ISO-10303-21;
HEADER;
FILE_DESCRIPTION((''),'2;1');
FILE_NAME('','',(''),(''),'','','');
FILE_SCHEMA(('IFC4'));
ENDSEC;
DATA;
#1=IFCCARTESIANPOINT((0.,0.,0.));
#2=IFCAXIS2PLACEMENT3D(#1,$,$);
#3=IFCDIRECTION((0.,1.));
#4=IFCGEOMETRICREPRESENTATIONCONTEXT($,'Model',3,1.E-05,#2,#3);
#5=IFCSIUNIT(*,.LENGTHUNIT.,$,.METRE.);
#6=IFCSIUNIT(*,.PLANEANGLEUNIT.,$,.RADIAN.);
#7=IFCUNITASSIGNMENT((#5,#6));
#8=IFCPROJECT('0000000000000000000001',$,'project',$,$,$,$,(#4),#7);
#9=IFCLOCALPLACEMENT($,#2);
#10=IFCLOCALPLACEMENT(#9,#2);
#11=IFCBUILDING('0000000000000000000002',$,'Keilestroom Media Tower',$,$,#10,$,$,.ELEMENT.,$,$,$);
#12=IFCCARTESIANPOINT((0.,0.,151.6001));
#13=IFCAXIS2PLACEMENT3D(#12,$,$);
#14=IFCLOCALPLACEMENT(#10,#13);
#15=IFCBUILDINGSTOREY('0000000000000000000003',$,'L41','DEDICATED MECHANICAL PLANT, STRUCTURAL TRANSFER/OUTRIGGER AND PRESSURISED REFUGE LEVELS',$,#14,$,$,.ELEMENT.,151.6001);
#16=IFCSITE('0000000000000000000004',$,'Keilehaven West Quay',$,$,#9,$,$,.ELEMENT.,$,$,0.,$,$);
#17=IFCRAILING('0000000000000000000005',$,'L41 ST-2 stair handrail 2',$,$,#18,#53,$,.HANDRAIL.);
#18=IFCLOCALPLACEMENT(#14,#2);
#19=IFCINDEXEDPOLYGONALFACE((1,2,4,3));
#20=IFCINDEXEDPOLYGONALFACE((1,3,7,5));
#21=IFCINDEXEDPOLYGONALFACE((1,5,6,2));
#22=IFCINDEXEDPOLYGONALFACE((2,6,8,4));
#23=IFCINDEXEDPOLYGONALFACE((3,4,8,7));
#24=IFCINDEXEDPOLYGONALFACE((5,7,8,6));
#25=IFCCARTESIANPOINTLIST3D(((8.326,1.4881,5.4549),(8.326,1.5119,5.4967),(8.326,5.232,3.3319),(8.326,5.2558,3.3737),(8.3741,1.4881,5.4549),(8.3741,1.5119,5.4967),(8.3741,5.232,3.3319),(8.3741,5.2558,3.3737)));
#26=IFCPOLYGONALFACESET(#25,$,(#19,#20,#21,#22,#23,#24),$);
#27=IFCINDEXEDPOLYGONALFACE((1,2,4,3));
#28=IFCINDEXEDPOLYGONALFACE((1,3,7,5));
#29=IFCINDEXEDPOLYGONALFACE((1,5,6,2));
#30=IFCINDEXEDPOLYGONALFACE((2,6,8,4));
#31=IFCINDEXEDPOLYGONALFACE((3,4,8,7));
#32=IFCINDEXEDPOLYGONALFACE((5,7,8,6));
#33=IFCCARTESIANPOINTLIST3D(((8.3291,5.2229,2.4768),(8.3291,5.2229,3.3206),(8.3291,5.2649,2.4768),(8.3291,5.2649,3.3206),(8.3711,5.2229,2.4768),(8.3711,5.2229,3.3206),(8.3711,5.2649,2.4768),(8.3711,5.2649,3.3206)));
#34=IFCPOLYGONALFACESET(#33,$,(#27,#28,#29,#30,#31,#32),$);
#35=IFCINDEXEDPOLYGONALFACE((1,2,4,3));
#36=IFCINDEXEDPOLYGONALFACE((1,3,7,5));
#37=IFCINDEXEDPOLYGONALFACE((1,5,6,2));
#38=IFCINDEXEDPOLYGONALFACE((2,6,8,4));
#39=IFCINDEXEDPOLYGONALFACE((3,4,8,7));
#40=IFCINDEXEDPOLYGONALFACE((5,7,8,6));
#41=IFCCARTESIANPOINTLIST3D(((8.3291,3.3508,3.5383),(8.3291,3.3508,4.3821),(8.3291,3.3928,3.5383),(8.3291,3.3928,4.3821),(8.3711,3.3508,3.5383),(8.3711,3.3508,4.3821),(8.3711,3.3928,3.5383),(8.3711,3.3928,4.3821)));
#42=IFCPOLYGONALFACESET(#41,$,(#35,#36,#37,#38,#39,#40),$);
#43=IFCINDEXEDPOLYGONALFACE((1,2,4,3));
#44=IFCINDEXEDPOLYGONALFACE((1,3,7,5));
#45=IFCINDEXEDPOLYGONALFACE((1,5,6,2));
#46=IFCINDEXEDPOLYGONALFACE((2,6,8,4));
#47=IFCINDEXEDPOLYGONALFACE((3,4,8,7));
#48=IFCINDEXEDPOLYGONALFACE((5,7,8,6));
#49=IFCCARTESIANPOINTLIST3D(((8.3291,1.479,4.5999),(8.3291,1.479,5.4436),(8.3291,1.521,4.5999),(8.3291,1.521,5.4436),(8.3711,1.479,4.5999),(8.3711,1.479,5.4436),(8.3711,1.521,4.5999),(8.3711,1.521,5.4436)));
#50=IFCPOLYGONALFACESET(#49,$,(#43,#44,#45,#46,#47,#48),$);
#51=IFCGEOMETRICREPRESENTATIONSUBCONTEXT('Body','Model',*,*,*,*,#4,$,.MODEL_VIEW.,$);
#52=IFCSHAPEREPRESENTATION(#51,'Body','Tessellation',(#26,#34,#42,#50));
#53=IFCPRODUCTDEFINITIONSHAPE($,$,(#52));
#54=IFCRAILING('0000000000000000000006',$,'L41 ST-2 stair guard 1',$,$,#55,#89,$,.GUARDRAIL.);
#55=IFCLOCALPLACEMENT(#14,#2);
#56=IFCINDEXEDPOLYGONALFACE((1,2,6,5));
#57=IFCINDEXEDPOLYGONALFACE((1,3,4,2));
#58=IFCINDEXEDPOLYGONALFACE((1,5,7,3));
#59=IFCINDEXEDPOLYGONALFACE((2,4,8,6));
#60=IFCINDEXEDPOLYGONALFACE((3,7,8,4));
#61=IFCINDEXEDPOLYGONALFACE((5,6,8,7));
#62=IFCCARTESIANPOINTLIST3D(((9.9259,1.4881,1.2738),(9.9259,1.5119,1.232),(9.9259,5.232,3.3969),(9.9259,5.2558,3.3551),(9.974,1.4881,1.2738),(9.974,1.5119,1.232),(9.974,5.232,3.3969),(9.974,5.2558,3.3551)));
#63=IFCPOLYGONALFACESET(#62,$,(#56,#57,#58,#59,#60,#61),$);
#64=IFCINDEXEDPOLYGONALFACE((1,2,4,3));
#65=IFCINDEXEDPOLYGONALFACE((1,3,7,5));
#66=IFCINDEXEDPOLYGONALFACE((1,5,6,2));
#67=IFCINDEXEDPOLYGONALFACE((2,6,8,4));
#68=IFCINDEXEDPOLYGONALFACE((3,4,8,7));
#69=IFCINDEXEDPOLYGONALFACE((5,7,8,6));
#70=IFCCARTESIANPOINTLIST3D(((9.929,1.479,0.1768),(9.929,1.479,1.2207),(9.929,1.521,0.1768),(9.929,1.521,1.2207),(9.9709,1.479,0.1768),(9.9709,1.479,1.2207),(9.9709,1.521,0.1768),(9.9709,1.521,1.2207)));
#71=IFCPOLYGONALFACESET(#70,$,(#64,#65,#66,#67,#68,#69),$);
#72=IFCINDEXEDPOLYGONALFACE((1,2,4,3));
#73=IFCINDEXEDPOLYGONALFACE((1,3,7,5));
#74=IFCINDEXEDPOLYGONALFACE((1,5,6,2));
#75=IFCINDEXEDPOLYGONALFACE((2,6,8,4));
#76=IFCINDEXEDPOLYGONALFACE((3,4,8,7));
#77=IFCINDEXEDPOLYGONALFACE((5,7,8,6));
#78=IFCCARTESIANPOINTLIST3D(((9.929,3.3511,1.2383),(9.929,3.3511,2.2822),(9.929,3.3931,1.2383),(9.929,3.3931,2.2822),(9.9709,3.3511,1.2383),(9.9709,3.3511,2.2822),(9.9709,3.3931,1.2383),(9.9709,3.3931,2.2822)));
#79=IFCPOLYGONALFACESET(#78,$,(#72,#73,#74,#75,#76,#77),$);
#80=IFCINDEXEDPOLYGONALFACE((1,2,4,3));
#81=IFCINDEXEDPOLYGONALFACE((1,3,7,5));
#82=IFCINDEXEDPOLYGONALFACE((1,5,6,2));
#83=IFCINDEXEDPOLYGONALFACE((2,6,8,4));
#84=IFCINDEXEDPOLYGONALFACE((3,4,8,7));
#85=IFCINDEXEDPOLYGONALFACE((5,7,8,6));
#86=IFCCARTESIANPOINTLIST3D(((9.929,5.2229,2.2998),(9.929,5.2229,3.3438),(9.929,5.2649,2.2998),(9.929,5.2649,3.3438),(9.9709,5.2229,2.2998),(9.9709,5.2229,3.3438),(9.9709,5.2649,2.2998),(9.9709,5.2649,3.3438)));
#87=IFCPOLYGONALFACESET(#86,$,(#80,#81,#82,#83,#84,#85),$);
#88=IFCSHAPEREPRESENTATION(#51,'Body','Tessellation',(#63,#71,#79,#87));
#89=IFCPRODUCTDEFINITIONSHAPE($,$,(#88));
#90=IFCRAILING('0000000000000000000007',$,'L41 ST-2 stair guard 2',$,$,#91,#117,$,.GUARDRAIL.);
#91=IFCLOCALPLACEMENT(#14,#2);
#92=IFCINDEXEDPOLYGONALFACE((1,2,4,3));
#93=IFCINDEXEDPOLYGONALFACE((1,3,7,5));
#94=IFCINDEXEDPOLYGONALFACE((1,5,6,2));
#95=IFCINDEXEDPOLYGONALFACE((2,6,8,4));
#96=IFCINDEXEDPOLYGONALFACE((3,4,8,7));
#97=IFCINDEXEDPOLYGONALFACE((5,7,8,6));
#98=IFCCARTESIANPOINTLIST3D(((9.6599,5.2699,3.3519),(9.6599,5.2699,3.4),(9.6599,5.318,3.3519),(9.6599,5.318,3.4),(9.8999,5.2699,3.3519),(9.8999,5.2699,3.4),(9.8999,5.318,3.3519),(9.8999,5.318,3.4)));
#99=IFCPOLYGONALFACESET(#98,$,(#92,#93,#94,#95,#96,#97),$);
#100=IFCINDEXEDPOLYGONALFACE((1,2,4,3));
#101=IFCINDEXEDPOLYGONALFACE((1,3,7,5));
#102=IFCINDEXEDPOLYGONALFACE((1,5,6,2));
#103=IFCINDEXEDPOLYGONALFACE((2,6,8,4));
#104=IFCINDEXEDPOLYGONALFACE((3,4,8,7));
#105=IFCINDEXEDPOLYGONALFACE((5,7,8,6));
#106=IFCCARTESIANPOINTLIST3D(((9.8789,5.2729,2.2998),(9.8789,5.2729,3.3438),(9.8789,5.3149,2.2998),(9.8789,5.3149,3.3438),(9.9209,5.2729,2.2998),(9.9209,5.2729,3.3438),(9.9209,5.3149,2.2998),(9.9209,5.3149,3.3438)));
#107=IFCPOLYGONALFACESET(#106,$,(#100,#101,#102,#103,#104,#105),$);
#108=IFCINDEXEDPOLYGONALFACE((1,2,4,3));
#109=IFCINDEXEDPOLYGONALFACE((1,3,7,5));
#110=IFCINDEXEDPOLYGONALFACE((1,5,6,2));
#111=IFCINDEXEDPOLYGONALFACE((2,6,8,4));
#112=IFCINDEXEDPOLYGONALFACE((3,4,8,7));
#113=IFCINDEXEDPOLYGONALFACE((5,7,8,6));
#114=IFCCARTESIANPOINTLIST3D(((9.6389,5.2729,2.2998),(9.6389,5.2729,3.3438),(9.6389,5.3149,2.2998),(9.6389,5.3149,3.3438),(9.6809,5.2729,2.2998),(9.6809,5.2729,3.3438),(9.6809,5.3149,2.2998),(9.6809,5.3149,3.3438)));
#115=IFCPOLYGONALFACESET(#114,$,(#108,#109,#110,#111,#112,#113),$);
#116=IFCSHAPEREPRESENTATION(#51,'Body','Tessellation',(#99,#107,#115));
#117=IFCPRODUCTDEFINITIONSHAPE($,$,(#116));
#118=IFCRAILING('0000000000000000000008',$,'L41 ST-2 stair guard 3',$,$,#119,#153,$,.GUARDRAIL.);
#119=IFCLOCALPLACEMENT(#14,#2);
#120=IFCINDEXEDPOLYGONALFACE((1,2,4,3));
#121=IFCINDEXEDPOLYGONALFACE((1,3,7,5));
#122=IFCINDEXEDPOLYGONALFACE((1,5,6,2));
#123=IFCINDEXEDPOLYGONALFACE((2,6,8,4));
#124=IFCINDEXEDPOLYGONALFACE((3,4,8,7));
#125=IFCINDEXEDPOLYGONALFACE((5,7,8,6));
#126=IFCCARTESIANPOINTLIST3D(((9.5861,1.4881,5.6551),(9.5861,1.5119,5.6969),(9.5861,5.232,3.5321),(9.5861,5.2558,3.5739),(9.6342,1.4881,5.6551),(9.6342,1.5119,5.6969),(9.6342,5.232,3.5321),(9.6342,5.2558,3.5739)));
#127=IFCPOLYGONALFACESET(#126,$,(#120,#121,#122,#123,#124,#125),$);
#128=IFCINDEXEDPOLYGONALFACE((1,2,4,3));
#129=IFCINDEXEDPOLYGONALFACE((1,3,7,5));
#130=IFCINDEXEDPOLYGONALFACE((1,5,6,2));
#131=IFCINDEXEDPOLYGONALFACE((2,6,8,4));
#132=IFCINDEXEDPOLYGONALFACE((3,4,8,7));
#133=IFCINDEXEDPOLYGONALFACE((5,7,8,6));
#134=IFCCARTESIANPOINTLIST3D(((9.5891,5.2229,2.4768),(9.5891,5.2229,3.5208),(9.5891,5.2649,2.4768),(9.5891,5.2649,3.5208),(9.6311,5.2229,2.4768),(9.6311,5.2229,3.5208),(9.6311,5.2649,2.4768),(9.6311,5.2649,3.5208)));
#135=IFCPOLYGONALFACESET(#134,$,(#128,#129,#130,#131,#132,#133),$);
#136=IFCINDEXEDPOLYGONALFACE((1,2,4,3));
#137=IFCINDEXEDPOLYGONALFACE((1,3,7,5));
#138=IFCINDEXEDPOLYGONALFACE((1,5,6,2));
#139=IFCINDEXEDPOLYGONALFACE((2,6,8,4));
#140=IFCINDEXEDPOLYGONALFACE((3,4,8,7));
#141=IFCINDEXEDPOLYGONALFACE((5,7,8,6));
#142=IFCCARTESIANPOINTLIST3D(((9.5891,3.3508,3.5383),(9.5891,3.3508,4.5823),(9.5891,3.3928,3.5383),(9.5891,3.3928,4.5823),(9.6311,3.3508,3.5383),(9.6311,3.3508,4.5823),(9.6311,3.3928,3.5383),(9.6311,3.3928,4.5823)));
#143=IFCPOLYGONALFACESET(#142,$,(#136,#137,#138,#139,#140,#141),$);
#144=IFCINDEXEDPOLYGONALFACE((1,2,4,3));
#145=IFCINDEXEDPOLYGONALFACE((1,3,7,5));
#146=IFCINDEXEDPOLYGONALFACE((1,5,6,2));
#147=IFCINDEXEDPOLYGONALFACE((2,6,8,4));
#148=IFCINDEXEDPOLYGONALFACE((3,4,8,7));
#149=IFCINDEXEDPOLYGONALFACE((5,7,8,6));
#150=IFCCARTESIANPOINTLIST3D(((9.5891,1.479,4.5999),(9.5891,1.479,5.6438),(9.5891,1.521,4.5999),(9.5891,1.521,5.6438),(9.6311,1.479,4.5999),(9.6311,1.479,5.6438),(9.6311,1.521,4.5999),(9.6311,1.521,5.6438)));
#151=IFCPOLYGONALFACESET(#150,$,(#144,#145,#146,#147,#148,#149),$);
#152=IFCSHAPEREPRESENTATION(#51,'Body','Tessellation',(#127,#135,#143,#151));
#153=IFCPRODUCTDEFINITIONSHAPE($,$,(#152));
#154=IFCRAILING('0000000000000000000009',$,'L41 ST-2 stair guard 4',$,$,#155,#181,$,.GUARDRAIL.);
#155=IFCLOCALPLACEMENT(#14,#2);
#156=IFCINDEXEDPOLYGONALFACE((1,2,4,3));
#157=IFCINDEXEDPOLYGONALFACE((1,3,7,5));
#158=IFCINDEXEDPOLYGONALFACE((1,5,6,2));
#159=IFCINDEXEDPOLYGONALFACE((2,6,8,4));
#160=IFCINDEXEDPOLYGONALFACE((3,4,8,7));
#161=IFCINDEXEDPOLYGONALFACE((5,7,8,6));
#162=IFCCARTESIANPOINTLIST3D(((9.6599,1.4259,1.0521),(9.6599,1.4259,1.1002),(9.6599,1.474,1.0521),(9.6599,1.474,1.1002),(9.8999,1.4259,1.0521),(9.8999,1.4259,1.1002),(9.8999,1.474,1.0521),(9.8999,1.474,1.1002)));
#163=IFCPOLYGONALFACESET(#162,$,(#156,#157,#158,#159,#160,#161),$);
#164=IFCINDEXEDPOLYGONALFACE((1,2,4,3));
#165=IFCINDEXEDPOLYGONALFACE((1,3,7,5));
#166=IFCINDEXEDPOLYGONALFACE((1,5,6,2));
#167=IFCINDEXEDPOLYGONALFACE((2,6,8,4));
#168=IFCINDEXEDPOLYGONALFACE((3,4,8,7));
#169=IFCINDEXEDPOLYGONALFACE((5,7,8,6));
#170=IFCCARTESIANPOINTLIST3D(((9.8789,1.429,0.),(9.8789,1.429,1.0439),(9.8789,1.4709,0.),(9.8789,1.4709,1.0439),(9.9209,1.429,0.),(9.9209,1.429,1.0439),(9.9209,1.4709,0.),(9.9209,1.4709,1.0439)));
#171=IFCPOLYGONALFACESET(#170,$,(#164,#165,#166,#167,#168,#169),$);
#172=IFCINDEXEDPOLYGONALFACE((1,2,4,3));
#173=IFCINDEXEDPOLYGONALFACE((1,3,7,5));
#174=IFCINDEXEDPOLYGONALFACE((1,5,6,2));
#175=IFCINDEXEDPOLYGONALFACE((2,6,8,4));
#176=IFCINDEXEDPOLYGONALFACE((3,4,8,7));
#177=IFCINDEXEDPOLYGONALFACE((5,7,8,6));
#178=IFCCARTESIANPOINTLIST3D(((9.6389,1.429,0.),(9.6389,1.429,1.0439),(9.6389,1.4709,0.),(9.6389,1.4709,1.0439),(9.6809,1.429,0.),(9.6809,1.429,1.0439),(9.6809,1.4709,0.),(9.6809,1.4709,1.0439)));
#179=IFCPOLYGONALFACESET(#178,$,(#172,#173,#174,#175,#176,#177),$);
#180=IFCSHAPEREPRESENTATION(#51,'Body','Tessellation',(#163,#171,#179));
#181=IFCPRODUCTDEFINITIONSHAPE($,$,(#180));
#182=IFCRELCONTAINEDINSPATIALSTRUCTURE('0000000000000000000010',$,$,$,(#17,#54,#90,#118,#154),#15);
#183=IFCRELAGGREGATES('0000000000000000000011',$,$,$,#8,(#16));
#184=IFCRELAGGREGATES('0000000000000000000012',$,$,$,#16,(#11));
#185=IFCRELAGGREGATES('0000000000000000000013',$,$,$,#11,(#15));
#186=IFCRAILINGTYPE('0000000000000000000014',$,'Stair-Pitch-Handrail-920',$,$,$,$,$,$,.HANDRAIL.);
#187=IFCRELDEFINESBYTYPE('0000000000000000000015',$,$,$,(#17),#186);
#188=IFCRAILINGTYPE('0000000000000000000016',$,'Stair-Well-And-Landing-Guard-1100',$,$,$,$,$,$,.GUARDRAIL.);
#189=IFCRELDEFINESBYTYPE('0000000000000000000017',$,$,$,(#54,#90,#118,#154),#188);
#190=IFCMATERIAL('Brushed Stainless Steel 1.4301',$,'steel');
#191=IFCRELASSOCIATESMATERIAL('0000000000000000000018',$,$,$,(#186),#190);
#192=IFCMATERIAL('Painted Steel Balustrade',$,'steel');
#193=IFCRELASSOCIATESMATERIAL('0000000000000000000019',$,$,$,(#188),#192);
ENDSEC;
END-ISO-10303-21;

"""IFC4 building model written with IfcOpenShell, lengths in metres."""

from ifc_helpers import new_model, si_unit, direction, frame, origin, origin_2d, place, context, subcontext, project, spatial, rectangle, extrude, material, type_object, element, save


model = new_model("IFC4")

# Units and contexts
model_context = context("Model", 3, precision=1e-05, world=origin(), true_north=direction((0.0, 1.0)))
body_context = subcontext(model_context, "Body", "Model", "MODEL_VIEW")
ifc_project = project(units=[si_unit("LENGTHUNIT", "METRE"), si_unit("PLANEANGLEUNIT", "RADIAN")], contexts=[model_context])

# Site, building, storey
site_placement = place(None, origin())
site = spatial("IfcSite", under=ifc_project, at=site_placement, Name="Keilehaven West Quay", CompositionType="ELEMENT", RefElevation=0.0)
building_placement = place(site_placement, origin())
building = spatial("IfcBuilding", under=site, at=building_placement, Name="Keilestroom Media Tower", CompositionType="ELEMENT")
storey_placement = place(building_placement, frame((0.0, 0.0, 151.6001)))
storey = spatial("IfcBuildingStorey", under=building, at=storey_placement, Name="L41", Description="DEDICATED MECHANICAL PLANT, STRUCTURAL TRANSFER/OUTRIGGER AND PRESSURISED REFUGE LEVELS", CompositionType="ELEMENT", Elevation=151.6001)

# Railings
ifc_material_1 = material(Name="Brushed Stainless Steel 1.4301", Category="steel")
railing_type_1 = type_object("IfcRailingType", Name="Stair-Pitch-Handrail-920", PredefinedType="HANDRAIL", material=ifc_material_1)
railing_1_placement = place(storey_placement, frame((8.3501, 5.2439, 2.4768)))
element("IfcRailing", 1, at=railing_1_placement, inside=storey, type_object=railing_type_1, Name="L41 ST-2 stair handrail 2", PredefinedType="HANDRAIL", context=body_context, shape_type="SweptSolid", body=[
    extrude(rectangle(XDim=0.0481, YDim=0.0481, at=origin_2d()), frame((0.0, 0.0, 0.876), z_axis=(0.0, -0.869872, 0.493277), x_axis=(1.0, 0.0, 0.0)), (0.0, 0.0, 1.0), 4.304),
    extrude(rectangle(XDim=0.042, YDim=0.042, at=origin_2d()), origin(), (0.0, 0.0, 1.0), 0.8438),
    extrude(rectangle(XDim=0.042, YDim=0.042, at=origin_2d()), frame((0.0, -1.8721, 1.0615)), (0.0, 0.0, 1.0), 0.8438),
    extrude(rectangle(XDim=0.042, YDim=0.042, at=origin_2d()), frame((0.0, -3.7439, 2.123)), (0.0, 0.0, 1.0), 0.8438),
])
ifc_material_2 = material(Name="Painted Steel Balustrade", Category="steel")
railing_type_2 = type_object("IfcRailingType", Name="Stair-Well-And-Landing-Guard-1100", PredefinedType="GUARDRAIL", material=ifc_material_2)
railing_2_placement = place(storey_placement, frame((9.95, 1.5, 0.1768)))
element("IfcRailing", 2, at=railing_2_placement, inside=storey, type_object=railing_type_2, Name="L41 ST-2 stair guard 1", PredefinedType="GUARDRAIL", context=body_context, shape_type="SweptSolid", body=[
    extrude(rectangle(XDim=0.0481, YDim=0.0481, at=origin_2d()), frame((0.0, 0.0, 1.0762), z_axis=(0.0, 0.869872, 0.493277), x_axis=(-1.0, 0.0, 0.0)), (0.0, 0.0, 1.0), 4.304),
    extrude(rectangle(XDim=0.042, YDim=0.042, at=origin_2d()), origin(), (0.0, 0.0, 1.0), 1.0439),
    extrude(rectangle(XDim=0.042, YDim=0.042, at=origin_2d()), frame((0.0, 1.8721, 1.0615)), (0.0, 0.0, 1.0), 1.0439),
    extrude(rectangle(XDim=0.042, YDim=0.042, at=origin_2d()), frame((0.0, 3.7439, 2.123)), (0.0, 0.0, 1.0), 1.0439),
])
railing_3_placement = place(storey_placement, frame((9.8999, 5.2939, 2.2998)))
element("IfcRailing", 3, at=railing_3_placement, inside=storey, type_object=railing_type_2, Name="L41 ST-2 stair guard 2", PredefinedType="GUARDRAIL", context=body_context, shape_type="SweptSolid", body=[
    extrude(rectangle(XDim=0.0481, YDim=0.0481, at=origin_2d()), frame((0.0, 0.0, 1.0762), z_axis=(-1.0, 0.0, 0.0), x_axis=(0.0, -1.0, 0.0)), (0.0, 0.0, 1.0), 0.24),
    extrude(rectangle(XDim=0.042, YDim=0.042, at=origin_2d()), origin(), (0.0, 0.0, 1.0), 1.0439),
    extrude(rectangle(XDim=0.042, YDim=0.042, at=origin_2d()), frame((-0.24, 0.0, 0.0)), (0.0, 0.0, 1.0), 1.0439),
])
railing_4_placement = place(storey_placement, frame((9.6101, 5.2439, 2.4768)))
element("IfcRailing", 4, at=railing_4_placement, inside=storey, type_object=railing_type_2, Name="L41 ST-2 stair guard 3", PredefinedType="GUARDRAIL", context=body_context, shape_type="SweptSolid", body=[
    extrude(rectangle(XDim=0.0481, YDim=0.0481, at=origin_2d()), frame((0.0, 0.0, 1.0762), z_axis=(0.0, -0.869872, 0.493277), x_axis=(1.0, 0.0, 0.0)), (0.0, 0.0, 1.0), 4.304),
    extrude(rectangle(XDim=0.042, YDim=0.042, at=origin_2d()), origin(), (0.0, 0.0, 1.0), 1.0439),
    extrude(rectangle(XDim=0.042, YDim=0.042, at=origin_2d()), frame((0.0, -1.8721, 1.0615)), (0.0, 0.0, 1.0), 1.0439),
    extrude(rectangle(XDim=0.042, YDim=0.042, at=origin_2d()), frame((0.0, -3.7439, 2.123)), (0.0, 0.0, 1.0), 1.0439),
])
railing_5_placement = place(storey_placement, frame((9.8999, 1.45, 0.0)))
element("IfcRailing", 5, at=railing_5_placement, inside=storey, type_object=railing_type_2, Name="L41 ST-2 stair guard 4", PredefinedType="GUARDRAIL", context=body_context, shape_type="SweptSolid", body=[
    extrude(rectangle(XDim=0.0481, YDim=0.0481, at=origin_2d()), frame((0.0, 0.0, 1.0762), z_axis=(-1.0, 0.0, 0.0), x_axis=(0.0, -1.0, 0.0)), (0.0, 0.0, 1.0), 0.24),
    extrude(rectangle(XDim=0.042, YDim=0.042, at=origin_2d()), origin(), (0.0, 0.0, 1.0), 1.0439),
    extrude(rectangle(XDim=0.042, YDim=0.042, at=origin_2d()), frame((-0.24, 0.0, 0.0)), (0.0, 0.0, 1.0), 1.0439),
])

save(model, "model.ifc")
